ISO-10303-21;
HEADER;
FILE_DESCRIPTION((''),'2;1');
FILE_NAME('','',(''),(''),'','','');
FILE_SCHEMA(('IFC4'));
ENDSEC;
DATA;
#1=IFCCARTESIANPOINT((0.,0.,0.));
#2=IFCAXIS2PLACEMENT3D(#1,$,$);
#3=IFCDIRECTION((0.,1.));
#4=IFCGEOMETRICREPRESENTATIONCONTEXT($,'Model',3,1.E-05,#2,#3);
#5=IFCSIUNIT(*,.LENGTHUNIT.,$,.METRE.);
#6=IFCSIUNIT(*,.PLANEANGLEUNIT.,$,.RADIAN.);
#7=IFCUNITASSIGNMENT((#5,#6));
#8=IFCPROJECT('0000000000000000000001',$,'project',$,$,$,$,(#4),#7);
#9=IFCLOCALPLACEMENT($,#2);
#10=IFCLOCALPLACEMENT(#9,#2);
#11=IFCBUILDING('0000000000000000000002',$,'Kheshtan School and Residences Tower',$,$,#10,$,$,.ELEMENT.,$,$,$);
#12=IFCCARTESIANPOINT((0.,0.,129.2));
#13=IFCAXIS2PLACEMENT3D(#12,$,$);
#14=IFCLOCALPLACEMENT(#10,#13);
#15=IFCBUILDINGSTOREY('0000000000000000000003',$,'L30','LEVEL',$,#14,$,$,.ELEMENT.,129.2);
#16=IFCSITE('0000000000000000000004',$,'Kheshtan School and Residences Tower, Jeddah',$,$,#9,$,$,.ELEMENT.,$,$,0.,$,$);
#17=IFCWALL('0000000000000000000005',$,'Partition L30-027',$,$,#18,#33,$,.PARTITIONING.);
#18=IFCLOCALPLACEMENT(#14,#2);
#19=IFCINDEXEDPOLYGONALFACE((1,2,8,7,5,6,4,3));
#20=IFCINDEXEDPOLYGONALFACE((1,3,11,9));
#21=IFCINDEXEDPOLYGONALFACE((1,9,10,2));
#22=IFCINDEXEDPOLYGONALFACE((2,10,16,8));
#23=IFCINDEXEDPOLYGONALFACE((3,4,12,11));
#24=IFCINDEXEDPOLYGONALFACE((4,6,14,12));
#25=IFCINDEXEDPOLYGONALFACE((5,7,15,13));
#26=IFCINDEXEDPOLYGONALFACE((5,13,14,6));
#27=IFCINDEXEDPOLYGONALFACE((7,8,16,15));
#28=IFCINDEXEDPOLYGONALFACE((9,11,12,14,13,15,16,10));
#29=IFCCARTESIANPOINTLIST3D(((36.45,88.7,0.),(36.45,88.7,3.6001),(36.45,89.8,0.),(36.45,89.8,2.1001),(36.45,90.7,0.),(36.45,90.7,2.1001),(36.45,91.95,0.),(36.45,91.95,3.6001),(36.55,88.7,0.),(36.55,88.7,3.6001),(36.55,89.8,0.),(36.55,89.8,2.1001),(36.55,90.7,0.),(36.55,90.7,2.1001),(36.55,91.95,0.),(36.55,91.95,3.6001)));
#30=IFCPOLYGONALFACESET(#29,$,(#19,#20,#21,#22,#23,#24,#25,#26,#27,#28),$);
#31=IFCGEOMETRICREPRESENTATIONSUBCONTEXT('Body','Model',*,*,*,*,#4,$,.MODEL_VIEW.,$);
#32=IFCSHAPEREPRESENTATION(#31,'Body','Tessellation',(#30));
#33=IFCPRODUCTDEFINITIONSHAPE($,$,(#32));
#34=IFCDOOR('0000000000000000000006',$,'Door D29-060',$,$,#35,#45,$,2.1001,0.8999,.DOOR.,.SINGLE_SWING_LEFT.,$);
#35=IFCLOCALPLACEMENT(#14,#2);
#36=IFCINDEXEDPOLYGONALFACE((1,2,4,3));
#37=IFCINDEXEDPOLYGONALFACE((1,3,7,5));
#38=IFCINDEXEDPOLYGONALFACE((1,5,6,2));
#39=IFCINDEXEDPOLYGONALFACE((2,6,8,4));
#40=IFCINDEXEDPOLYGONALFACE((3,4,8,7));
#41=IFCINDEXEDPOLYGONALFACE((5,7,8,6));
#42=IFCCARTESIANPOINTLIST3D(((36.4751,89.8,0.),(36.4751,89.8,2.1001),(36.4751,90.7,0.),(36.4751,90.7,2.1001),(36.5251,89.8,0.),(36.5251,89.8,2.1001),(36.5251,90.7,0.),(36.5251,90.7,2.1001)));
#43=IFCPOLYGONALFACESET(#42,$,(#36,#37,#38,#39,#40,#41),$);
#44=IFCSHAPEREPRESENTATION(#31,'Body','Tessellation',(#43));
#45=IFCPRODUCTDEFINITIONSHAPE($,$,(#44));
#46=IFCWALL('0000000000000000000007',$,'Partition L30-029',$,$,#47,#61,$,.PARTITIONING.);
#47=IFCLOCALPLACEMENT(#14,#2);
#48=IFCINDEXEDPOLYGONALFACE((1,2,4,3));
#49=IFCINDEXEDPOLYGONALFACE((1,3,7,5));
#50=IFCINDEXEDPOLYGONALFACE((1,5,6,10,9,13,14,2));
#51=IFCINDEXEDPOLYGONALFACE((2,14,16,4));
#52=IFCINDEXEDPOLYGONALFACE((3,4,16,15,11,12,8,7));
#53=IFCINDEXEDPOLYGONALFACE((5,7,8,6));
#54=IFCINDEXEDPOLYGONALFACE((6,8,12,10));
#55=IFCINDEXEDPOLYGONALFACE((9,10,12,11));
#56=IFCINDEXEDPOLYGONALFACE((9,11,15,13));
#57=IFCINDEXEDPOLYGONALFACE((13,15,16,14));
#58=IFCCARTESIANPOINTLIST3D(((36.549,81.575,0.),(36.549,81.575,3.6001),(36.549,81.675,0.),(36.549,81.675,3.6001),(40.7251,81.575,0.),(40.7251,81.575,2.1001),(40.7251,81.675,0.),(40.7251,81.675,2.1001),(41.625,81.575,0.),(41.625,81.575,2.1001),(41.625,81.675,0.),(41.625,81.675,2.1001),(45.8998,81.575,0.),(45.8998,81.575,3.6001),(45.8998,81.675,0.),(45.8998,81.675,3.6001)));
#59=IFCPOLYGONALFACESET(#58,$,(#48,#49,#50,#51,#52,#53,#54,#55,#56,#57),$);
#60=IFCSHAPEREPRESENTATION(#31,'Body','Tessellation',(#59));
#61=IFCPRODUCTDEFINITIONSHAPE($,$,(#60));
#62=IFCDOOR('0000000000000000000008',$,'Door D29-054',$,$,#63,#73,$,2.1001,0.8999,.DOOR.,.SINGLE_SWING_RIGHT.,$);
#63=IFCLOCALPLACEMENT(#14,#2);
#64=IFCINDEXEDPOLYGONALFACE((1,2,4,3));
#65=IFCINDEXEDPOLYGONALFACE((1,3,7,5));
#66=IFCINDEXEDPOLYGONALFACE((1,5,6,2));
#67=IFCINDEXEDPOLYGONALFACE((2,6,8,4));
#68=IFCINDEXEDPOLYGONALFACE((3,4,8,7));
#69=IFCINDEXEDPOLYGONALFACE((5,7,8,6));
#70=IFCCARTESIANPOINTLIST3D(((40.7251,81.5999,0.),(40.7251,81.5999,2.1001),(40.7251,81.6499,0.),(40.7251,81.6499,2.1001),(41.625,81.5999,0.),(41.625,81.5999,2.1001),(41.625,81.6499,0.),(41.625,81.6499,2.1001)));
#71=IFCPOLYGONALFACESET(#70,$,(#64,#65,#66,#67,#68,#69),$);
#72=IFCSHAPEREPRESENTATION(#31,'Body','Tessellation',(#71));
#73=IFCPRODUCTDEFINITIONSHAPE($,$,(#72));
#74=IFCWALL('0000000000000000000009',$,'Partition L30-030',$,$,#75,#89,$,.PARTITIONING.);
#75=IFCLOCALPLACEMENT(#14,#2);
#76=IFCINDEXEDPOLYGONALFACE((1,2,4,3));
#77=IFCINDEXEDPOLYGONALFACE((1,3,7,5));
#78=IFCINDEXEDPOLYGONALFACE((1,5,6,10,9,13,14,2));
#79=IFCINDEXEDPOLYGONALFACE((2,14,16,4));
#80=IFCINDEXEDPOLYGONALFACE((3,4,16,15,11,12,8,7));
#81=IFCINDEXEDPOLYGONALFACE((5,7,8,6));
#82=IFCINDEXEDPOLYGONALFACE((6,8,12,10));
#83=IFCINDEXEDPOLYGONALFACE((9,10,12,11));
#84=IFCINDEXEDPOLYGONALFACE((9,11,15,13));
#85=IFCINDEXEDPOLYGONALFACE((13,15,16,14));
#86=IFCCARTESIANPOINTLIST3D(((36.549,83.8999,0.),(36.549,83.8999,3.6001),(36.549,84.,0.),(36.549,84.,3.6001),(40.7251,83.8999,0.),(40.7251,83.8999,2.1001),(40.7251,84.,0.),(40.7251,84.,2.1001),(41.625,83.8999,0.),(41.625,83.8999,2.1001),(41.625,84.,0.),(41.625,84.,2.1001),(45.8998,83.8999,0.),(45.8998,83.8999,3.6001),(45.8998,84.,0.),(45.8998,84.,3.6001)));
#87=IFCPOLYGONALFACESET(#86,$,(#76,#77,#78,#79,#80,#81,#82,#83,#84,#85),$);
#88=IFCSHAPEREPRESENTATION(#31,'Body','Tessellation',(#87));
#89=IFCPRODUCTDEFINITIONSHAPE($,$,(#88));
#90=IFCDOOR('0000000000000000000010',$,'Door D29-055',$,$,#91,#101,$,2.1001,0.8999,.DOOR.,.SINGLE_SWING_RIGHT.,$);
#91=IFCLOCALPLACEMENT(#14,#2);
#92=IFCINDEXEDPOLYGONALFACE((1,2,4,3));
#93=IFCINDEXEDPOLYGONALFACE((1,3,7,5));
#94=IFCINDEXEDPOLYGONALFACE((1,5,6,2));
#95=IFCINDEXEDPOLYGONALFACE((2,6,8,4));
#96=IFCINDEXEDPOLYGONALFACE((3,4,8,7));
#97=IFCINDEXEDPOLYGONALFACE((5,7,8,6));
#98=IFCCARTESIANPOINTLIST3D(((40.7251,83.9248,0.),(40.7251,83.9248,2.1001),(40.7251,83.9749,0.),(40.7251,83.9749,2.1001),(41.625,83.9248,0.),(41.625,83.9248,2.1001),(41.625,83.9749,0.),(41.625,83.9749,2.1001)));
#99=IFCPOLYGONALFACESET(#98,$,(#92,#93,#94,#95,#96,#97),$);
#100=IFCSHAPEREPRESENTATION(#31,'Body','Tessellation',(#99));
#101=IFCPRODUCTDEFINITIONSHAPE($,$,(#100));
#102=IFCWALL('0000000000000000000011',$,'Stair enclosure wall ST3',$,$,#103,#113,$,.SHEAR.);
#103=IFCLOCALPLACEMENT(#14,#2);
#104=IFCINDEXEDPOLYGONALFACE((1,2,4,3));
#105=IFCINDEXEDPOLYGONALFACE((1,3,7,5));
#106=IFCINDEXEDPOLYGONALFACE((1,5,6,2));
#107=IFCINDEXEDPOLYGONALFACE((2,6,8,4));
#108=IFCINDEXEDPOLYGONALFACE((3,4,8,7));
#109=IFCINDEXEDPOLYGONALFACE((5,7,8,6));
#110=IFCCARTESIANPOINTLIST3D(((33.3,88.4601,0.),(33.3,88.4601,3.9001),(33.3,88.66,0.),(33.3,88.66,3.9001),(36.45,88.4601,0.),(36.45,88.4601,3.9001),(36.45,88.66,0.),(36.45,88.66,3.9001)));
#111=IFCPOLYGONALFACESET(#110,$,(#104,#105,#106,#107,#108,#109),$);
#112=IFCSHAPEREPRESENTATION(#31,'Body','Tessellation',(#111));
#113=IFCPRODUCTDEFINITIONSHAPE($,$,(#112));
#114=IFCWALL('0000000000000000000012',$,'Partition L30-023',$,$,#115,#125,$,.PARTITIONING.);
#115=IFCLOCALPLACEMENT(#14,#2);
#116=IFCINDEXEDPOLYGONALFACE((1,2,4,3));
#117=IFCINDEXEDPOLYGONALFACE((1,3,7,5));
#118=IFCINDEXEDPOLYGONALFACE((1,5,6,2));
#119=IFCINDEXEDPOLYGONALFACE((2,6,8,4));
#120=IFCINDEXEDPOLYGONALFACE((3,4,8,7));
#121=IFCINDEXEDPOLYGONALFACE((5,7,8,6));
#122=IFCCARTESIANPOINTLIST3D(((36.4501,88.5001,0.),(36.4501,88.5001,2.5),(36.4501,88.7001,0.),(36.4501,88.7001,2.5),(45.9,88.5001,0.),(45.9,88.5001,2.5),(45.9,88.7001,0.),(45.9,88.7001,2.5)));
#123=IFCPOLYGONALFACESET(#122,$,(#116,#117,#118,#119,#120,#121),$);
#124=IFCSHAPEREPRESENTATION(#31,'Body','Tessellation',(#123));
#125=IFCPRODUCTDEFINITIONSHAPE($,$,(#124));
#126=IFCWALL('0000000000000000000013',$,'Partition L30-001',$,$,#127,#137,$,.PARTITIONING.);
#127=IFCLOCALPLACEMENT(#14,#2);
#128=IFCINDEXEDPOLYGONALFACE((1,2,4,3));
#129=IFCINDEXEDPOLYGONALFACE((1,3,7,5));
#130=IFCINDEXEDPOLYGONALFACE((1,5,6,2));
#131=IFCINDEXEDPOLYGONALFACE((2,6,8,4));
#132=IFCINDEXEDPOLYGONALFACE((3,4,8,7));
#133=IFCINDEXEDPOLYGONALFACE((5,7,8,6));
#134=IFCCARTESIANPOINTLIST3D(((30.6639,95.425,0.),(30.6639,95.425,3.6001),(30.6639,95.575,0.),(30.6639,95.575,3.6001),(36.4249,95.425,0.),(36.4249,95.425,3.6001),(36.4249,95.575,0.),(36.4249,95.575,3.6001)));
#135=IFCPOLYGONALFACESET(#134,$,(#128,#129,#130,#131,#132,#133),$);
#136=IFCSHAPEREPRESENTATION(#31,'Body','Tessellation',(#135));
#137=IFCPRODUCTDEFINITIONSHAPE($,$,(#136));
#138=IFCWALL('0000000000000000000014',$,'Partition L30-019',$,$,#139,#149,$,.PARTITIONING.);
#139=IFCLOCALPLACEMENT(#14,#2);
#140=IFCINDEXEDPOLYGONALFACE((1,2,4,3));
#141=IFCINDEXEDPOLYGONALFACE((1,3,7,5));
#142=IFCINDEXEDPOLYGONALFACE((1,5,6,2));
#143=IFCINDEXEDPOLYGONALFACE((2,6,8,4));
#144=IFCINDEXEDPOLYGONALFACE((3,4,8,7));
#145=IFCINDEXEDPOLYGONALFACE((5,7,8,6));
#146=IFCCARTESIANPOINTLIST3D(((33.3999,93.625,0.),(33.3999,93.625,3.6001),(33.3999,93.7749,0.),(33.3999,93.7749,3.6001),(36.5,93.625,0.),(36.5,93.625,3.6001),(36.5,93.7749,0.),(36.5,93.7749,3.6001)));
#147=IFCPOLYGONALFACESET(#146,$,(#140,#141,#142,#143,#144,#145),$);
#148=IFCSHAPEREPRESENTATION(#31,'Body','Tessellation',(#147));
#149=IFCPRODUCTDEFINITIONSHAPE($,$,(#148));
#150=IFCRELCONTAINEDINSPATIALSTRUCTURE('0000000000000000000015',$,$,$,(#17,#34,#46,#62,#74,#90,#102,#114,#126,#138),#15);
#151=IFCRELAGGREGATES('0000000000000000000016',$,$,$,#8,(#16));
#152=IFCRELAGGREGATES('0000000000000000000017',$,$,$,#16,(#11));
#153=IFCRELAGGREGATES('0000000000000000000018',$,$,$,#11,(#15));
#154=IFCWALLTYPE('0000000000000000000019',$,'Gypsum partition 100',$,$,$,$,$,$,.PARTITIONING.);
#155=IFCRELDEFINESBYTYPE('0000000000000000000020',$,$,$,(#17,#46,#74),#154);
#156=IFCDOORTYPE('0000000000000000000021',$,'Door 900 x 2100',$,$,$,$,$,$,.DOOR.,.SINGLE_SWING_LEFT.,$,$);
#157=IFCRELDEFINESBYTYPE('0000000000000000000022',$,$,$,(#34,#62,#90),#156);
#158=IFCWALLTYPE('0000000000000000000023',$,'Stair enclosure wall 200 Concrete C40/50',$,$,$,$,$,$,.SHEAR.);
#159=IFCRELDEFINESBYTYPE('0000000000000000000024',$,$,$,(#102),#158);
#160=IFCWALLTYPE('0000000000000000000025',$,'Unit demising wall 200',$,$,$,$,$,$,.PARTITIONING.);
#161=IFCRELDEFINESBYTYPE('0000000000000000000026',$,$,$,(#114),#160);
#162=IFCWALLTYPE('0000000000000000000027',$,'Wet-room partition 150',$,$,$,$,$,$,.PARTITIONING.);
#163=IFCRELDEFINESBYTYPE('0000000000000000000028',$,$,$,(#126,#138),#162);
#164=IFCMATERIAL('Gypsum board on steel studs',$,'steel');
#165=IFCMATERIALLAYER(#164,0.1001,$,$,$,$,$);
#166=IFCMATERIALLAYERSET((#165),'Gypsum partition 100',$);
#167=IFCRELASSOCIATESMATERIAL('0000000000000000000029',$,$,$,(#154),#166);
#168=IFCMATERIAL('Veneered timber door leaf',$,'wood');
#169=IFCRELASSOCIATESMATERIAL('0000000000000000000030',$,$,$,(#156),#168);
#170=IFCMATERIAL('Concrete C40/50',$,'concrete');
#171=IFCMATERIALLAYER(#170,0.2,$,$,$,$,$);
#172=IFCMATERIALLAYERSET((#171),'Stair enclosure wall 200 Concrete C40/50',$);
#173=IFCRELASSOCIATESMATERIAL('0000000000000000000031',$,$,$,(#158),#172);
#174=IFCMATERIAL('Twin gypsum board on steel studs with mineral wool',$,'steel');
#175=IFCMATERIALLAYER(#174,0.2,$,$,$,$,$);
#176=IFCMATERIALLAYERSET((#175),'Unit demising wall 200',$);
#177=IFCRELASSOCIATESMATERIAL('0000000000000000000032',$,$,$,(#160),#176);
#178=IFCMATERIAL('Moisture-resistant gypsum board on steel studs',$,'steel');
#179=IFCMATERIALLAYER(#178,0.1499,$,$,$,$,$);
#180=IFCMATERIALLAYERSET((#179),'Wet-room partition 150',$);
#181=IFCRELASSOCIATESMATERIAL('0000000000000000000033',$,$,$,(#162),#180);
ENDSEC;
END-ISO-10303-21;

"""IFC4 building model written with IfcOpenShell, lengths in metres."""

from ifc_helpers import new_model, si_unit, direction, frame, frame_2d, origin, place, context, subcontext, project, spatial, rectangle, extrude, source, transform, mapped, material, layer, layer_set, type_object, element, fill, save


model = new_model("IFC4")

# Units and contexts
model_context = context("Model", 3, precision=1e-05, world=origin(), true_north=direction((0.0, 1.0)))
body_context = subcontext(model_context, "Body", "Model", "MODEL_VIEW")
ifc_project = project(units=[si_unit("LENGTHUNIT", "METRE"), si_unit("PLANEANGLEUNIT", "RADIAN")], contexts=[model_context])

# Site, building, storey
site_placement = place(None, origin())
site = spatial("IfcSite", under=ifc_project, at=site_placement, Name="Kheshtan School and Residences Tower, Jeddah", CompositionType="ELEMENT", RefElevation=0.0)
building_placement = place(site_placement, origin())
building = spatial("IfcBuilding", under=site, at=building_placement, Name="Kheshtan School and Residences Tower", CompositionType="ELEMENT")
storey_placement = place(building_placement, frame((0.0, 0.0, 129.2)))
storey = spatial("IfcBuildingStorey", under=building, at=storey_placement, Name="L30", Description="LEVEL", CompositionType="ELEMENT", Elevation=129.2)

# Shared definitions
ifc_material_1 = material(Name="Gypsum board on steel studs", Category="steel")
ifc_layer_1 = layer(ifc_material_1, 0.1001)
ifc_layer_set_1 = layer_set([ifc_layer_1], Name="Gypsum partition 100")
wall_type_1 = type_object("IfcWallType", Name="Gypsum partition 100", PredefinedType="PARTITIONING", material=ifc_layer_set_1)

# Walls, openings, doors
wall_1_placement = place(storey_placement, frame((36.5, 88.7, 0.0), z_axis=(0.0, 0.0, 1.0), x_axis=(0.0, 1.0, 0.0)))
wall_1 = element("IfcWall", 1, at=wall_1_placement, inside=storey, type_object=wall_type_1, Name="Partition L30-027", PredefinedType="PARTITIONING", context=body_context, shape_type="SweptSolid", body=[
    extrude(rectangle(XDim=3.25, YDim=0.1001, at=frame_2d((1.625, 0.0))), origin(), (0.0, 0.0, 1.0), 3.6001),
])
opening_1_placement = place(wall_1_placement, frame((1.1001, 0.0, 0.0)))
opening_1 = element("IfcOpeningElement", 2, at=opening_1_placement, cuts=wall_1, PredefinedType="OPENING", context=body_context, shape_type="SweptSolid", body=[
    extrude(rectangle(XDim=0.8999, YDim=2.1001, at=frame_2d((0.45, 1.05))), frame((0.0, 0.0601, 0.0), z_axis=(0.0, -1.0, 0.0), x_axis=(1.0, 0.0, 0.0)), (0.0, 0.0, 1.0), 0.1201),
])
ifc_material_2 = material(Name="Veneered timber door leaf", Category="wood")
door_type_1 = type_object("IfcDoorType", Name="Door 900 x 2100", OperationType="SINGLE_SWING_LEFT", PredefinedType="DOOR", material=ifc_material_2)
shared_shape_1 = source(origin(), body_context, "Body", "SweptSolid", [
    extrude(rectangle(XDim=0.8999, YDim=2.1001, at=frame_2d((0.45, 1.05))), frame((0.0, 0.0249, 0.0), z_axis=(0.0, -1.0, 0.0), x_axis=(1.0, 0.0, 0.0)), (0.0, 0.0, 1.0), 0.05),
])
door_1_placement = place(opening_1_placement, origin())
door_1 = element("IfcDoor", 3, at=door_1_placement, inside=storey, type_object=door_type_1, Name="Door D29-060", OperationType="SINGLE_SWING_LEFT", OverallHeight=2.1001, OverallWidth=0.8999, PredefinedType="DOOR", context=body_context, shape_type="MappedRepresentation", body=[
    mapped(shared_shape_1, transform((0.0, 0.0, 0.0), x_axis=(1.0, 0.0, 0.0), y_axis=(0.0, 1.0, 0.0), z_axis=(0.0, 0.0, 1.0), scale=1.0)),
])
fill(opening_1, door_1)
wall_2_placement = place(storey_placement, frame((36.5491, 81.625, 0.0), z_axis=(0.0, 0.0, 1.0), x_axis=(1.0, 0.0, 0.0)))
wall_2 = element("IfcWall", 4, at=wall_2_placement, inside=storey, type_object=wall_type_1, Name="Partition L30-029", PredefinedType="PARTITIONING", context=body_context, shape_type="SweptSolid", body=[
    extrude(rectangle(XDim=9.3508, YDim=0.1001, at=frame_2d((4.6753, 0.0))), origin(), (0.0, 0.0, 1.0), 3.6001),
])
opening_2_placement = place(wall_2_placement, frame((4.176, 0.0, 0.0)))
opening_2 = element("IfcOpeningElement", 5, at=opening_2_placement, cuts=wall_2, PredefinedType="OPENING", context=body_context, shape_type="SweptSolid", body=[
    extrude(rectangle(XDim=0.8999, YDim=2.1001, at=frame_2d((0.45, 1.05))), frame((0.0, 0.0601, 0.0), z_axis=(0.0, -1.0, 0.0), x_axis=(1.0, 0.0, 0.0)), (0.0, 0.0, 1.0), 0.1201),
])
door_2_placement = place(opening_2_placement, origin())
door_2 = element("IfcDoor", 6, at=door_2_placement, inside=storey, type_object=door_type_1, Name="Door D29-054", OperationType="SINGLE_SWING_RIGHT", OverallHeight=2.1001, OverallWidth=0.8999, PredefinedType="DOOR", context=body_context, shape_type="MappedRepresentation", body=[
    mapped(shared_shape_1, transform((0.0, 0.0, 0.0), x_axis=(1.0, 0.0, 0.0), y_axis=(0.0, 1.0, 0.0), z_axis=(0.0, 0.0, 1.0), scale=1.0)),
])
fill(opening_2, door_2)
wall_3_placement = place(storey_placement, frame((36.5491, 83.95, 0.0), z_axis=(0.0, 0.0, 1.0), x_axis=(1.0, 0.0, 0.0)))
wall_3 = element("IfcWall", 7, at=wall_3_placement, inside=storey, type_object=wall_type_1, Name="Partition L30-030", PredefinedType="PARTITIONING", context=body_context, shape_type="SweptSolid", body=[
    extrude(rectangle(XDim=9.3508, YDim=0.1001, at=frame_2d((4.6753, 0.0))), origin(), (0.0, 0.0, 1.0), 3.6001),
])
opening_3_placement = place(wall_3_placement, frame((4.176, 0.0, 0.0)))
opening_3 = element("IfcOpeningElement", 8, at=opening_3_placement, cuts=wall_3, PredefinedType="OPENING", context=body_context, shape_type="SweptSolid", body=[
    extrude(rectangle(XDim=0.8999, YDim=2.1001, at=frame_2d((0.45, 1.05))), frame((0.0, 0.0601, 0.0), z_axis=(0.0, -1.0, 0.0), x_axis=(1.0, 0.0, 0.0)), (0.0, 0.0, 1.0), 0.1201),
])
door_3_placement = place(opening_3_placement, origin())
door_3 = element("IfcDoor", 9, at=door_3_placement, inside=storey, type_object=door_type_1, Name="Door D29-055", OperationType="SINGLE_SWING_RIGHT", OverallHeight=2.1001, OverallWidth=0.8999, PredefinedType="DOOR", context=body_context, shape_type="MappedRepresentation", body=[
    mapped(shared_shape_1, transform((0.0, 0.0, 0.0), x_axis=(1.0, 0.0, 0.0), y_axis=(0.0, 1.0, 0.0), z_axis=(0.0, 0.0, 1.0), scale=1.0)),
])
fill(opening_3, door_3)

# Walls
ifc_material_3 = material(Name="Concrete C40/50", Category="concrete")
ifc_layer_2 = layer(ifc_material_3, 0.2)
ifc_layer_set_2 = layer_set([ifc_layer_2], Name="Stair enclosure wall 200 Concrete C40/50")
wall_type_2 = type_object("IfcWallType", Name="Stair enclosure wall 200 Concrete C40/50", PredefinedType="SHEAR", material=ifc_layer_set_2)
wall_4_placement = place(storey_placement, frame((33.3, 88.5601, 0.0), z_axis=(0.0, 0.0, 1.0), x_axis=(1.0, 0.0, 0.0)))
element("IfcWall", 10, at=wall_4_placement, inside=storey, type_object=wall_type_2, Name="Stair enclosure wall ST3", PredefinedType="SHEAR", context=body_context, shape_type="SweptSolid", body=[
    extrude(rectangle(XDim=3.1499, YDim=0.2, at=frame_2d((1.575, 0.0))), origin(), (0.0, 0.0, 1.0), 3.9001),
])
ifc_material_4 = material(Name="Twin gypsum board on steel studs with mineral wool", Category="steel")
ifc_layer_3 = layer(ifc_material_4, 0.2)
ifc_layer_set_3 = layer_set([ifc_layer_3], Name="Unit demising wall 200")
wall_type_3 = type_object("IfcWallType", Name="Unit demising wall 200", PredefinedType="PARTITIONING", material=ifc_layer_set_3)
wall_5_placement = place(storey_placement, frame((36.45, 88.6001, 0.0), z_axis=(0.0, 0.0, 1.0), x_axis=(1.0, 0.0, 0.0)))
element("IfcWall", 11, at=wall_5_placement, inside=storey, type_object=wall_type_3, Name="Partition L30-023", PredefinedType="PARTITIONING", context=body_context, shape_type="SweptSolid", body=[
    extrude(rectangle(XDim=9.45, YDim=0.2, at=frame_2d((4.7251, 0.0))), origin(), (0.0, 0.0, 1.0), 2.5),
])
ifc_material_5 = material(Name="Moisture-resistant gypsum board on steel studs", Category="steel")
ifc_layer_4 = layer(ifc_material_5, 0.1499)
ifc_layer_set_4 = layer_set([ifc_layer_4], Name="Wet-room partition 150")
wall_type_4 = type_object("IfcWallType", Name="Wet-room partition 150", PredefinedType="PARTITIONING", material=ifc_layer_set_4)
wall_6_placement = place(storey_placement, frame((30.6641, 95.5, 0.0), z_axis=(0.0, 0.0, 1.0), x_axis=(1.0, 0.0, 0.0)))
element("IfcWall", 12, at=wall_6_placement, inside=storey, type_object=wall_type_4, Name="Partition L30-001", PredefinedType="PARTITIONING", context=body_context, shape_type="SweptSolid", body=[
    extrude(rectangle(XDim=5.761, YDim=0.1499, at=frame_2d((2.8804, 0.0))), origin(), (0.0, 0.0, 1.0), 3.6001),
])
wall_7_placement = place(storey_placement, frame((33.3999, 93.7, 0.0), z_axis=(0.0, 0.0, 1.0), x_axis=(1.0, 0.0, 0.0)))
element("IfcWall", 13, at=wall_7_placement, inside=storey, type_object=wall_type_4, Name="Partition L30-019", PredefinedType="PARTITIONING", context=body_context, shape_type="SweptSolid", body=[
    extrude(rectangle(XDim=3.1001, YDim=0.1499, at=frame_2d((1.55, 0.0))), origin(), (0.0, 0.0, 1.0), 3.6001),
])

save(model, "model.ifc")
